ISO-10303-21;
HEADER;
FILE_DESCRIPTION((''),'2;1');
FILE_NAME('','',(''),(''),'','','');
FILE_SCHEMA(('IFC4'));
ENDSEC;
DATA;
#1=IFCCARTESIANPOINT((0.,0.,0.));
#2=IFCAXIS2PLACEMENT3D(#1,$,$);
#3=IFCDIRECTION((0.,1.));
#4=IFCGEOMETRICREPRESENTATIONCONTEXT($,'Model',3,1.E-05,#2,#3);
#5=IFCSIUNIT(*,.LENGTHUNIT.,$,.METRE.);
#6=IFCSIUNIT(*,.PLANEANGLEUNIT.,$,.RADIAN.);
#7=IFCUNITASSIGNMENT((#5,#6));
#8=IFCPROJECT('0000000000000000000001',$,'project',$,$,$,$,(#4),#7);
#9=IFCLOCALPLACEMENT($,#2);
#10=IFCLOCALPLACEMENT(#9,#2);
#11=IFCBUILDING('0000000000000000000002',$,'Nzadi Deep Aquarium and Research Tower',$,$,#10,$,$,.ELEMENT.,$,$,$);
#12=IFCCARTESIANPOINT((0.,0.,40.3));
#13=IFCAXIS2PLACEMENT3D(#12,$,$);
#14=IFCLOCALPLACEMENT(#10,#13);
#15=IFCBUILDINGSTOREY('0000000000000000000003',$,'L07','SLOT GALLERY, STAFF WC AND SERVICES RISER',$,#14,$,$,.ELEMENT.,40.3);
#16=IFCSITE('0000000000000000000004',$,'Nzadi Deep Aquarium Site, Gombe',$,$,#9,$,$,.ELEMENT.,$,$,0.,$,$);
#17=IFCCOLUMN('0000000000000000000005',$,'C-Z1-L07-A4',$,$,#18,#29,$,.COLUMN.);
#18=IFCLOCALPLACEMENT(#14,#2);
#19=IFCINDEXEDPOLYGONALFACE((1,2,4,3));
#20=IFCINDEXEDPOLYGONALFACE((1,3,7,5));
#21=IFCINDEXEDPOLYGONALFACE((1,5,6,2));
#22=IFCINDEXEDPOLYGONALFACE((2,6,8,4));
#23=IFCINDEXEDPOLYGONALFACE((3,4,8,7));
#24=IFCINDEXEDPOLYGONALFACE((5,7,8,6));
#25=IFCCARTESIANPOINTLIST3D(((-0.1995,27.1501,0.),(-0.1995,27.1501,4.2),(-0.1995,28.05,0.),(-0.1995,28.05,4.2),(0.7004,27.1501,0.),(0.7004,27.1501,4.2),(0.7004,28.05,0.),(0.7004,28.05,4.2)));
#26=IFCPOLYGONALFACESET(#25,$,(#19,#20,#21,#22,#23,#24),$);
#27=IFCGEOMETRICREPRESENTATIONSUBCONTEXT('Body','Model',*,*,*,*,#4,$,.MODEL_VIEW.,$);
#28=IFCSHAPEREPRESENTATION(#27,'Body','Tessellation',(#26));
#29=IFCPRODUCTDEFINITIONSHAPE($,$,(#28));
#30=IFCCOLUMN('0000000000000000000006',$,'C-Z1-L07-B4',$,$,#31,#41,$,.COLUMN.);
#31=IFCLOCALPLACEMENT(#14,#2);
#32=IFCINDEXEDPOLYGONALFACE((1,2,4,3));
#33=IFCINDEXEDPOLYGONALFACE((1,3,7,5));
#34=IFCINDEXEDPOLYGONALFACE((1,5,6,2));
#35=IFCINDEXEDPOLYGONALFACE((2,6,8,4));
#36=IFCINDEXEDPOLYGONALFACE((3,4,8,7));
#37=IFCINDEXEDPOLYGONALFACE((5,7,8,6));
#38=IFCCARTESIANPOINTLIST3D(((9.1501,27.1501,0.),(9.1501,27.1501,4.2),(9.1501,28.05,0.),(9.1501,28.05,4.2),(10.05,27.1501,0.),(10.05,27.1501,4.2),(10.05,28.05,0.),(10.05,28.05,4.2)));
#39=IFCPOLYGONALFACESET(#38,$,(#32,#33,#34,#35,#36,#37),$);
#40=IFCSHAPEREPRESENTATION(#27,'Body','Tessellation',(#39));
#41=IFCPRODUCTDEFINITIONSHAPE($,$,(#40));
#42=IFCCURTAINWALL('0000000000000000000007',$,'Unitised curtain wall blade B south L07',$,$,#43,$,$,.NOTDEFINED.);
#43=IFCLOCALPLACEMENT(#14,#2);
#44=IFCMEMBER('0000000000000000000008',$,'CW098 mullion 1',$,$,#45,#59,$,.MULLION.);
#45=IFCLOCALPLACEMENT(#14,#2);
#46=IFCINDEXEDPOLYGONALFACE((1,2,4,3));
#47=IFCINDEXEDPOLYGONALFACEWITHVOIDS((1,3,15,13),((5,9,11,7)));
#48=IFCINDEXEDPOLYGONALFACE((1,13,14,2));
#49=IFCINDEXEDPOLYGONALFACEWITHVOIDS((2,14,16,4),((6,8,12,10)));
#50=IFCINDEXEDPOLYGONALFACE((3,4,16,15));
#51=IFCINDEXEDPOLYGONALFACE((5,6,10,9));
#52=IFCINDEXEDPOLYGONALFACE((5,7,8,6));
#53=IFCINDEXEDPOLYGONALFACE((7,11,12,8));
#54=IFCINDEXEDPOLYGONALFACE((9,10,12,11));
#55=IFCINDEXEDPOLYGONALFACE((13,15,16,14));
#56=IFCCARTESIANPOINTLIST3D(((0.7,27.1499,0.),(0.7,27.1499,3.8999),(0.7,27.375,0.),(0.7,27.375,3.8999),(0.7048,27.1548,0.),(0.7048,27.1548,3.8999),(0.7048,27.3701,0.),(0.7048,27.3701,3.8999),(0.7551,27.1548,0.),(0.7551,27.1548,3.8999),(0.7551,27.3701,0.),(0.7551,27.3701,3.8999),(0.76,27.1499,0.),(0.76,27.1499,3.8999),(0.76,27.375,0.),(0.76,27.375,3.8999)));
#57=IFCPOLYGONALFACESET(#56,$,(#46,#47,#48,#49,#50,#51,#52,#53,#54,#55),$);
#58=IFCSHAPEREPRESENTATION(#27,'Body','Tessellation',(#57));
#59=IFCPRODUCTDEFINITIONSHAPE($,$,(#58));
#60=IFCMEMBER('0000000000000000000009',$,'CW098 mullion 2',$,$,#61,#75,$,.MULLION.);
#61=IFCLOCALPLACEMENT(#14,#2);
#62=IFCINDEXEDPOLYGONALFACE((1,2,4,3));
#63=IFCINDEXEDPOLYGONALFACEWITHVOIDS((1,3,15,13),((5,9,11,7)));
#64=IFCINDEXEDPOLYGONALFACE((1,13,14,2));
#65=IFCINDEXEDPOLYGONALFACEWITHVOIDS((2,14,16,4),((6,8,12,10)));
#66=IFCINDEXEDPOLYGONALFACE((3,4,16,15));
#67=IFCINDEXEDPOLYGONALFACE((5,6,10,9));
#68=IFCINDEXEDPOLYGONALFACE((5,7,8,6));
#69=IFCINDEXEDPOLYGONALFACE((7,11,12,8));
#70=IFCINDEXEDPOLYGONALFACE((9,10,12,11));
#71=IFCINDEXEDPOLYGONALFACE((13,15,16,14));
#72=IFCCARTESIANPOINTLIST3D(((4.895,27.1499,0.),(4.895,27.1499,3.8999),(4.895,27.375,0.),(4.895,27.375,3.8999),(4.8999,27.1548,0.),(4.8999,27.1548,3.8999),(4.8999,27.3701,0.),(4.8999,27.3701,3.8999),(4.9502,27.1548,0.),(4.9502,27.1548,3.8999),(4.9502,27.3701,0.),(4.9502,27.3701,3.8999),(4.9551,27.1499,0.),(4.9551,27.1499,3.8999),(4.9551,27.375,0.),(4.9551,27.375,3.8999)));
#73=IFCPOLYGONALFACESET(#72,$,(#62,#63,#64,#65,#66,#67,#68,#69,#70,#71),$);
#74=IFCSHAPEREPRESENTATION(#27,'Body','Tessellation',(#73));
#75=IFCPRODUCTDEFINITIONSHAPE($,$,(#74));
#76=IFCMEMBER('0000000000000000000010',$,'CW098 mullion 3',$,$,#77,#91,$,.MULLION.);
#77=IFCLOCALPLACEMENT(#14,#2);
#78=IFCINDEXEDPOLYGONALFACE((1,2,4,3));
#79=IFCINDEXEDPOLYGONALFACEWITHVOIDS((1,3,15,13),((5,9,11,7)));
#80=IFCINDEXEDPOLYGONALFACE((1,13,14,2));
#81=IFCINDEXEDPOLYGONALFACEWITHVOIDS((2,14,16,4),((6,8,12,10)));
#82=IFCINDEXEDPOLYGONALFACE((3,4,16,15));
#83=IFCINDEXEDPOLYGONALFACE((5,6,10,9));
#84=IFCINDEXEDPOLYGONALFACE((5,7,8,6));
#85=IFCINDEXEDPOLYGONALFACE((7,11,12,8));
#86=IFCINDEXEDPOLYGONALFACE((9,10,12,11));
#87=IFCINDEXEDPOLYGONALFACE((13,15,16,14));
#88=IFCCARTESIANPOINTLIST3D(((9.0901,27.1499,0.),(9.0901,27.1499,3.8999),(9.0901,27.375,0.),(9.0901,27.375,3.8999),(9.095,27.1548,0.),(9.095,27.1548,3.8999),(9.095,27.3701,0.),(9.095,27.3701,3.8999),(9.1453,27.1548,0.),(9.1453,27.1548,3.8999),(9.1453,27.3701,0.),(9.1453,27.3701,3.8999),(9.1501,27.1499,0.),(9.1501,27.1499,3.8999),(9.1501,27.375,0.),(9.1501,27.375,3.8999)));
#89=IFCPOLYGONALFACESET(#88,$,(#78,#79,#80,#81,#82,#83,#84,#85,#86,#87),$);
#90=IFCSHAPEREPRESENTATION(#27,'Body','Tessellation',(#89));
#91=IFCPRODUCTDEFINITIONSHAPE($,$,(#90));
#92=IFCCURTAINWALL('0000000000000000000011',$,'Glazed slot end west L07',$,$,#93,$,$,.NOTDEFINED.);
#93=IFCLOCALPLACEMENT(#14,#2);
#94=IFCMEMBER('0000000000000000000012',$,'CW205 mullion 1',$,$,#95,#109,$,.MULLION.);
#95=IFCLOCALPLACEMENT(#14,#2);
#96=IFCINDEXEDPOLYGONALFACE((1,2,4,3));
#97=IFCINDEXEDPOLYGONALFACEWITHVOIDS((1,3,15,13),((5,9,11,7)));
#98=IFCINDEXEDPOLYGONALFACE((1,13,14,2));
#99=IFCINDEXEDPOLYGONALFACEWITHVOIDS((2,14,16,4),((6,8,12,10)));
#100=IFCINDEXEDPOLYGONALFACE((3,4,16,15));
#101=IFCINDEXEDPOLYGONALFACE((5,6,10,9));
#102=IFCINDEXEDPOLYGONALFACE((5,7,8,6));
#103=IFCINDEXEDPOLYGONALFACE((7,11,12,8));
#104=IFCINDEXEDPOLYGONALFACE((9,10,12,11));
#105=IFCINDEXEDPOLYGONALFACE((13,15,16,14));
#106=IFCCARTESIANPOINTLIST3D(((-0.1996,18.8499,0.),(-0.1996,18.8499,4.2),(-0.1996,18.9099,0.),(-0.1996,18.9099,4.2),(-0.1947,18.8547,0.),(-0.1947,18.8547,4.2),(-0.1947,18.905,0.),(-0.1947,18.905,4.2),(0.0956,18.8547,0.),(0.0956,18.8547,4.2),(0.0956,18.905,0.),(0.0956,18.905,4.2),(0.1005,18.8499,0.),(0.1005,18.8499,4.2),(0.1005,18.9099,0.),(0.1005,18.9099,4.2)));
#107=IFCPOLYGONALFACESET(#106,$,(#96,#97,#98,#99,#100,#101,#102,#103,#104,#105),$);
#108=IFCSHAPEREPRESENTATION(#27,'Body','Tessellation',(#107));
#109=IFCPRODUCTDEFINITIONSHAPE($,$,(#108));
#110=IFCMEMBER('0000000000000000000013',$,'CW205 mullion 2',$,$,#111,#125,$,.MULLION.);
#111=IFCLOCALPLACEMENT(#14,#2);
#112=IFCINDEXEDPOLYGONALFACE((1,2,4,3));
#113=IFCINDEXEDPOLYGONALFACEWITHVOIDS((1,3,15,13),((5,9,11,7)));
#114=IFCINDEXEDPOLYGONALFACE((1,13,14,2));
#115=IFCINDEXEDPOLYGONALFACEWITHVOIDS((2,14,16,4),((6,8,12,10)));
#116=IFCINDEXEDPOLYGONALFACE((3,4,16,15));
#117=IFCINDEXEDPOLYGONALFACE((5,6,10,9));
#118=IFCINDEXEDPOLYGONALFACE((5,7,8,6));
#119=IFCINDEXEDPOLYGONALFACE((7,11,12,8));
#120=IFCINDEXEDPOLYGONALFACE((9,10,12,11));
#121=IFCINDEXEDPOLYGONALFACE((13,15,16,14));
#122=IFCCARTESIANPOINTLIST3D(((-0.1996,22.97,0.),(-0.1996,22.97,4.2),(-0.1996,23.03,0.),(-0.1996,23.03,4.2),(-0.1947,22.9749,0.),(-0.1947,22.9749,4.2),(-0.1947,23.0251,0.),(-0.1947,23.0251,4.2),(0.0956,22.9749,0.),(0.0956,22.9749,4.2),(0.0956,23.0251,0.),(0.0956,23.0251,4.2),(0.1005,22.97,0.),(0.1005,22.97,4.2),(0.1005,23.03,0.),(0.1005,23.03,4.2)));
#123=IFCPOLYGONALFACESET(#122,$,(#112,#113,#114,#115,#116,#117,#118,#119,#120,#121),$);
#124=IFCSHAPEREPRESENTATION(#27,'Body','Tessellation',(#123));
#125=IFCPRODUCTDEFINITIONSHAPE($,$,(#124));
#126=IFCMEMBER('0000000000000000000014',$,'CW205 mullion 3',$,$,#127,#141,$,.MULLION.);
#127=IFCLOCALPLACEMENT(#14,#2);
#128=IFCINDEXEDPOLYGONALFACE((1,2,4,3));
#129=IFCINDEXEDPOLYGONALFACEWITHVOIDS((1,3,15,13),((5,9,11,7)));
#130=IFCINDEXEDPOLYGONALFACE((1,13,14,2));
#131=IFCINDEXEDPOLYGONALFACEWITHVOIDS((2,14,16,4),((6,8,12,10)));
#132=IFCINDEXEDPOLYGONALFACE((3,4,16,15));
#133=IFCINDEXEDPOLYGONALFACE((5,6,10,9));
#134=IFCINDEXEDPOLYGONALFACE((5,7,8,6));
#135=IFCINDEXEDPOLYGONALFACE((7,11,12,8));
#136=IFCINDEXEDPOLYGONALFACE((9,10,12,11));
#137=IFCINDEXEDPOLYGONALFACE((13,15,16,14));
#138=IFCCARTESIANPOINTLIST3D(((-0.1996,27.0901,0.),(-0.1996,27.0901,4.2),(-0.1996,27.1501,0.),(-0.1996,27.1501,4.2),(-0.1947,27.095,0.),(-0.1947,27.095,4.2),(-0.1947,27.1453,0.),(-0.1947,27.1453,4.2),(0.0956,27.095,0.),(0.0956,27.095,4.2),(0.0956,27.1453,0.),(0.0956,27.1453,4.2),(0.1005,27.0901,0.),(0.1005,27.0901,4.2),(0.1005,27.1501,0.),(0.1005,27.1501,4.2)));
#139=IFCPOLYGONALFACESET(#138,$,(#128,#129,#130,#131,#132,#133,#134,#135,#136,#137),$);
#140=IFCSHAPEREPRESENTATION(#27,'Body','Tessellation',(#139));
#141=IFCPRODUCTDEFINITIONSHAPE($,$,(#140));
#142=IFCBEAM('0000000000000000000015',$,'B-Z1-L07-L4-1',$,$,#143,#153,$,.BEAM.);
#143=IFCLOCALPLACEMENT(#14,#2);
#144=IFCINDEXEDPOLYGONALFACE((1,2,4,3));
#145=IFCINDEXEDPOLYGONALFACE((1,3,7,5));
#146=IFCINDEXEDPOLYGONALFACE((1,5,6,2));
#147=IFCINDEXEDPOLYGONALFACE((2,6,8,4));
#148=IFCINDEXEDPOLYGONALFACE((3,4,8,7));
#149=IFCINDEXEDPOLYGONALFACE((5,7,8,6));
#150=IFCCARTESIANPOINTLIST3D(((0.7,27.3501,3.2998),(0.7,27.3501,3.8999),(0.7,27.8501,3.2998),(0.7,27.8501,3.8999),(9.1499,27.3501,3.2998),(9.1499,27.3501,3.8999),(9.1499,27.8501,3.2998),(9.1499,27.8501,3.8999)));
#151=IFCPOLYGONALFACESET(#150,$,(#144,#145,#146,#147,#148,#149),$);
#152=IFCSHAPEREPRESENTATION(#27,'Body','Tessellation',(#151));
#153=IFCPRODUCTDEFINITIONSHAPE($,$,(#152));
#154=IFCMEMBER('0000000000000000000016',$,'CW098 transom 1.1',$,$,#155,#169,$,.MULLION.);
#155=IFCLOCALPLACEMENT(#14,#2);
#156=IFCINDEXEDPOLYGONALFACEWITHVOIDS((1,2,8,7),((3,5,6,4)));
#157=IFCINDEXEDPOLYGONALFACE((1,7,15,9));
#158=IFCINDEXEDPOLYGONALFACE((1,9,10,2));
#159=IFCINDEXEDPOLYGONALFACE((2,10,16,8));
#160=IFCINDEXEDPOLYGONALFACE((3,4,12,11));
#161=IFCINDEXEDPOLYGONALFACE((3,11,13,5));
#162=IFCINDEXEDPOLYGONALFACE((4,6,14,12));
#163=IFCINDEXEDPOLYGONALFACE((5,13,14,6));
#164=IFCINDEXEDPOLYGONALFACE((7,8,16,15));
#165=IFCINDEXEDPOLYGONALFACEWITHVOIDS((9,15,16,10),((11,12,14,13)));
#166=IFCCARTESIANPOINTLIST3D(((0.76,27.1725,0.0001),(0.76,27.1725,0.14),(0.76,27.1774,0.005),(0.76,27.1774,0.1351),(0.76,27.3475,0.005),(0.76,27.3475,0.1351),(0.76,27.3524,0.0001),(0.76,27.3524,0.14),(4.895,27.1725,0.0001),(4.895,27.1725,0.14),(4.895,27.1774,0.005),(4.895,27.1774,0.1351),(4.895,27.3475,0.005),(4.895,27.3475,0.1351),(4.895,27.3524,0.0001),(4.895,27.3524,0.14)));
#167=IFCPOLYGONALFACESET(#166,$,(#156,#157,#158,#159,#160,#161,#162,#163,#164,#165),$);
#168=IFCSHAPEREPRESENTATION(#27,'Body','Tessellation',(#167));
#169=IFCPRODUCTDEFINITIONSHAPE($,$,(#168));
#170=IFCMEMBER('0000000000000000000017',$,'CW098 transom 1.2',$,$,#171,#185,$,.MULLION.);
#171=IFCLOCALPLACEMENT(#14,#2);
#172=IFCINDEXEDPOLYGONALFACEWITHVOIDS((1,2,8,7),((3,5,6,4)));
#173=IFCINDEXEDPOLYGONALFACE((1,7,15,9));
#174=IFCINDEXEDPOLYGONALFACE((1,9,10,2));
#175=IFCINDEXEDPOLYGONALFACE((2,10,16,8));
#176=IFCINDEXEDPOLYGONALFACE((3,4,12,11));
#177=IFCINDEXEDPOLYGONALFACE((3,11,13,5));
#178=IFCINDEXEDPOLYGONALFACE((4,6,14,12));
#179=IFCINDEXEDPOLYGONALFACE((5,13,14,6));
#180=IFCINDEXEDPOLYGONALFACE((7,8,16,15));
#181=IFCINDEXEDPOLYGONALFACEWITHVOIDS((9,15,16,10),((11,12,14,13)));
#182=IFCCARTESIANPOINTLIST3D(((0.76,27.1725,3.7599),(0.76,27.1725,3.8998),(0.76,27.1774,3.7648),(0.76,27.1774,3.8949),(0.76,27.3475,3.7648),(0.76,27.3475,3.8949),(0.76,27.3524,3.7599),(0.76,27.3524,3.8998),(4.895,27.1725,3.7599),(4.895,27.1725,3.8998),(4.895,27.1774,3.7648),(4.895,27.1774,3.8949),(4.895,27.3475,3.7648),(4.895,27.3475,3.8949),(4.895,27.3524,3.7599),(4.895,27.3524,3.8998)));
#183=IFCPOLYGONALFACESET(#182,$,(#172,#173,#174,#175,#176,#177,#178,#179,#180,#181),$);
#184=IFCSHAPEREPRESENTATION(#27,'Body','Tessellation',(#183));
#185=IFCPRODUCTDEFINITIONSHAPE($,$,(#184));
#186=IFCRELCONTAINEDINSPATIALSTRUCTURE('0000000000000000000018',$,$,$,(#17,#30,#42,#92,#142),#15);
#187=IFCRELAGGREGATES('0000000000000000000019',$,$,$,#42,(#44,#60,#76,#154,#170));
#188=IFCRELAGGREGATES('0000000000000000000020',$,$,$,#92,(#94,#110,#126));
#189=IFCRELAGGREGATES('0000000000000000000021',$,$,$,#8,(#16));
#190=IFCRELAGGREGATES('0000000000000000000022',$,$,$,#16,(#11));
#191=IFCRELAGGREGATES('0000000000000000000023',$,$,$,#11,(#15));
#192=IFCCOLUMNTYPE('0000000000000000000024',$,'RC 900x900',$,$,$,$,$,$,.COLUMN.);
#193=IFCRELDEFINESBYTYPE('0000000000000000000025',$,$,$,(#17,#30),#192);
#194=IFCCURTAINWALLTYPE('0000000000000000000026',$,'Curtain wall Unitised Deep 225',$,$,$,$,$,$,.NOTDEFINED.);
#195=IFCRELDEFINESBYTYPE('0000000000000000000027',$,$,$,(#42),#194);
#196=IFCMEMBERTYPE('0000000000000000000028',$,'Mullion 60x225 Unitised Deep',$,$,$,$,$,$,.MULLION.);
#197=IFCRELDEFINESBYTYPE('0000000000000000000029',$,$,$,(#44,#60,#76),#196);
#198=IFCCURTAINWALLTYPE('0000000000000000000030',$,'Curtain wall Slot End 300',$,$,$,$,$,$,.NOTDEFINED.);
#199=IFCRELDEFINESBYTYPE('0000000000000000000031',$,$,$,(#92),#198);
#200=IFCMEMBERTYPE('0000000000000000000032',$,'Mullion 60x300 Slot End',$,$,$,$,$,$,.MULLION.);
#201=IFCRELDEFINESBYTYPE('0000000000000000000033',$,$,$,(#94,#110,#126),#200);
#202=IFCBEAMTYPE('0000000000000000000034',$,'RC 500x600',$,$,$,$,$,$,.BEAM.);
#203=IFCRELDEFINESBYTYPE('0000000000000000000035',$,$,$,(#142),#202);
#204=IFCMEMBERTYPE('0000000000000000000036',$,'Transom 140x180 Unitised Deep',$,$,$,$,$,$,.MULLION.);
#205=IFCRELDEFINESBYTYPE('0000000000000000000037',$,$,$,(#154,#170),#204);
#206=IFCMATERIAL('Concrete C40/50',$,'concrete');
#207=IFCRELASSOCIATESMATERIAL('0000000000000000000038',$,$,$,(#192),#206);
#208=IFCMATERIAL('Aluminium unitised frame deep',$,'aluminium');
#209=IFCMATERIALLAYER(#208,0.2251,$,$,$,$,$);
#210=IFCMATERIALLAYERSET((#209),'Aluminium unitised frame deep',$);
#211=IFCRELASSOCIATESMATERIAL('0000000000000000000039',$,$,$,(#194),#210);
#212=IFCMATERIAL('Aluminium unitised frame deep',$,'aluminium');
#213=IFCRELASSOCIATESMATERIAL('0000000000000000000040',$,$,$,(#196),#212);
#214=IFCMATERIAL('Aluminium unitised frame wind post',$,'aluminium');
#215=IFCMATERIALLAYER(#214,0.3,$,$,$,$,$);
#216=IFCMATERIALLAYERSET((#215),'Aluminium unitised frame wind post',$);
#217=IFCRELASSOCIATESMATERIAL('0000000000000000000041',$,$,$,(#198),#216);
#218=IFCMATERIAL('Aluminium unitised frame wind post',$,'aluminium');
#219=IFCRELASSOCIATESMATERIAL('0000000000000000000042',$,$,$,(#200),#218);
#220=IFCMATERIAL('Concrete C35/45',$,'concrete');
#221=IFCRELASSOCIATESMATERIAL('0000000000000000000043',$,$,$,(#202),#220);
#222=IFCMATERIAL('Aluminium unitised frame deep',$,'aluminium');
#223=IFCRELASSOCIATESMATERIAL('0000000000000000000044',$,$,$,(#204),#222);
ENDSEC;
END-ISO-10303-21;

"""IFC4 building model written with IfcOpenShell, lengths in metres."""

from ifc_helpers import new_model, si_unit, direction, frame, origin, origin_2d, place, context, subcontext, project, spatial, rectangle, hollow_rectangle, extrude, material, layer, layer_set, material_profile, profile_set, type_object, element, aggregate, save


model = new_model("IFC4")

# Units and contexts
model_context = context("Model", 3, precision=1e-05, world=origin(), true_north=direction((0.0, 1.0)))
body_context = subcontext(model_context, "Body", "Model", "MODEL_VIEW")
ifc_project = project(units=[si_unit("LENGTHUNIT", "METRE"), si_unit("PLANEANGLEUNIT", "RADIAN")], contexts=[model_context])

# Site, building, storey
site_placement = place(None, origin())
site = spatial("IfcSite", under=ifc_project, at=site_placement, Name="Nzadi Deep Aquarium Site, Gombe", CompositionType="ELEMENT", RefElevation=0.0)
building_placement = place(site_placement, origin())
building = spatial("IfcBuilding", under=site, at=building_placement, Name="Nzadi Deep Aquarium and Research Tower", CompositionType="ELEMENT")
storey_placement = place(building_placement, frame((0.0, 0.0, 40.3)))
storey = spatial("IfcBuildingStorey", under=building, at=storey_placement, Name="L07", Description="SLOT GALLERY, STAFF WC AND SERVICES RISER", CompositionType="ELEMENT", Elevation=40.3)

# Columns
ifc_material_1 = material(Name="Concrete C40/50", Category="concrete")
ifc_material_profile_1 = material_profile(ifc_material_1, rectangle(XDim=0.8999, YDim=0.8999, at=origin_2d()))
ifc_profile_set_1 = profile_set([ifc_material_profile_1], Name="Concrete C40/50")
column_type = type_object("IfcColumnType", Name="RC 900x900", PredefinedType="COLUMN", material=ifc_profile_set_1)
for number, where, z_axis, x_axis, name in (
    (1, (0.2505, 27.6001, 0.0), (0.0, 0.0, 1.0), (1.0, 0.0, 0.0), "C-Z1-L07-A4"),
    (2, (9.6001, 27.6001, 0.0), (0.0, 0.0, 1.0), (1.0, 0.0, 0.0), "C-Z1-L07-B4"),
):
    element("IfcColumn", number, at=place(storey_placement, frame(where, z_axis=z_axis, x_axis=x_axis)), inside=storey, type_object=column_type, Name=name, PredefinedType="COLUMN", context=body_context, shape_type="SweptSolid", body=[
        extrude(rectangle(XDim=0.8999, YDim=0.8999, at=origin_2d()), origin(), (0.0, 0.0, 1.0), 4.2),
    ])

# Curtain walls, members
ifc_material_2 = material(Name="Aluminium unitised frame deep", Category="aluminium")
ifc_layer_1 = layer(ifc_material_2, 0.2251)
ifc_layer_set_1 = layer_set([ifc_layer_1], Name="Aluminium unitised frame deep")
curtain_wall_type_1 = type_object("IfcCurtainWallType", Name="Curtain wall Unitised Deep 225", PredefinedType="NOTDEFINED", material=ifc_layer_set_1)
curtain_wall_1_placement = place(storey_placement, origin())
curtain_wall_1 = element("IfcCurtainWall", 3, at=curtain_wall_1_placement, inside=storey, type_object=curtain_wall_type_1, Name="Unitised curtain wall blade B south L07", PredefinedType="NOTDEFINED")
ifc_material_3 = material(Name="Aluminium unitised frame deep", Category="aluminium")
ifc_material_profile_2 = material_profile(ifc_material_3, hollow_rectangle(XDim=0.2251, YDim=0.0601, WallThickness=0.0049, at=origin_2d()))
ifc_profile_set_2 = profile_set([ifc_material_profile_2], Name="Aluminium unitised frame deep")
member_type_1 = type_object("IfcMemberType", Name="Mullion 60x225 Unitised Deep", PredefinedType="MULLION", material=ifc_profile_set_2)
member_1_placement = place(storey_placement, frame((0.73, 27.2625, 0.0), z_axis=(0.0, 0.0, 1.0), x_axis=(0.0, 1.0, 0.0)))
member_1 = element("IfcMember", 4, at=member_1_placement, type_object=member_type_1, Name="CW098 mullion 1", PredefinedType="MULLION", context=body_context, shape_type="SweptSolid", body=[
    extrude(hollow_rectangle(XDim=0.2251, YDim=0.0601, WallThickness=0.0049, at=origin_2d()), origin(), (0.0, 0.0, 1.0), 3.8999),
])
member_2_placement = place(storey_placement, frame((4.925, 27.2625, 0.0), z_axis=(0.0, 0.0, 1.0), x_axis=(0.0, 1.0, 0.0)))
member_2 = element("IfcMember", 5, at=member_2_placement, type_object=member_type_1, Name="CW098 mullion 2", PredefinedType="MULLION", context=body_context, shape_type="SweptSolid", body=[
    extrude(hollow_rectangle(XDim=0.2251, YDim=0.0601, WallThickness=0.0049, at=origin_2d()), origin(), (0.0, 0.0, 1.0), 3.8999),
])
member_3_placement = place(storey_placement, frame((9.1201, 27.2625, 0.0), z_axis=(0.0, 0.0, 1.0), x_axis=(0.0, 1.0, 0.0)))
member_3 = element("IfcMember", 6, at=member_3_placement, type_object=member_type_1, Name="CW098 mullion 3", PredefinedType="MULLION", context=body_context, shape_type="SweptSolid", body=[
    extrude(hollow_rectangle(XDim=0.2251, YDim=0.0601, WallThickness=0.0049, at=origin_2d()), origin(), (0.0, 0.0, 1.0), 3.8999),
])
ifc_material_4 = material(Name="Aluminium unitised frame wind post", Category="aluminium")
ifc_layer_2 = layer(ifc_material_4, 0.3)
ifc_layer_set_2 = layer_set([ifc_layer_2], Name="Aluminium unitised frame wind post")
curtain_wall_type_2 = type_object("IfcCurtainWallType", Name="Curtain wall Slot End 300", PredefinedType="NOTDEFINED", material=ifc_layer_set_2)
curtain_wall_2_placement = place(storey_placement, origin())
curtain_wall_2 = element("IfcCurtainWall", 7, at=curtain_wall_2_placement, inside=storey, type_object=curtain_wall_type_2, Name="Glazed slot end west L07", PredefinedType="NOTDEFINED")
ifc_material_5 = material(Name="Aluminium unitised frame wind post", Category="aluminium")
ifc_material_profile_3 = material_profile(ifc_material_5, hollow_rectangle(XDim=0.3, YDim=0.0601, WallThickness=0.0049, at=origin_2d()))
ifc_profile_set_3 = profile_set([ifc_material_profile_3], Name="Aluminium unitised frame wind post")
member_type_2 = type_object("IfcMemberType", Name="Mullion 60x300 Slot End", PredefinedType="MULLION", material=ifc_profile_set_3)
member_4_placement = place(storey_placement, frame((-0.0496, 18.8799, 0.0), z_axis=(0.0, 0.0, 1.0), x_axis=(-1.0, 0.0, 0.0)))
member_4 = element("IfcMember", 8, at=member_4_placement, type_object=member_type_2, Name="CW205 mullion 1", PredefinedType="MULLION", context=body_context, shape_type="SweptSolid", body=[
    extrude(hollow_rectangle(XDim=0.3, YDim=0.0601, WallThickness=0.0049, at=origin_2d()), origin(), (0.0, 0.0, 1.0), 4.2),
])
member_5_placement = place(storey_placement, frame((-0.0496, 23.0, 0.0), z_axis=(0.0, 0.0, 1.0), x_axis=(-1.0, 0.0, 0.0)))
member_5 = element("IfcMember", 9, at=member_5_placement, type_object=member_type_2, Name="CW205 mullion 2", PredefinedType="MULLION", context=body_context, shape_type="SweptSolid", body=[
    extrude(hollow_rectangle(XDim=0.3, YDim=0.0601, WallThickness=0.0049, at=origin_2d()), origin(), (0.0, 0.0, 1.0), 4.2),
])
member_6_placement = place(storey_placement, frame((-0.0496, 27.1201, 0.0), z_axis=(0.0, 0.0, 1.0), x_axis=(-1.0, 0.0, 0.0)))
member_6 = element("IfcMember", 10, at=member_6_placement, type_object=member_type_2, Name="CW205 mullion 3", PredefinedType="MULLION", context=body_context, shape_type="SweptSolid", body=[
    extrude(hollow_rectangle(XDim=0.3, YDim=0.0601, WallThickness=0.0049, at=origin_2d()), origin(), (0.0, 0.0, 1.0), 4.2),
])

# Beam
ifc_material_6 = material(Name="Concrete C35/45", Category="concrete")
ifc_material_profile_4 = material_profile(ifc_material_6, rectangle(XDim=0.5, YDim=0.6001, at=origin_2d()))
ifc_profile_set_4 = profile_set([ifc_material_profile_4], Name="Concrete C35/45")
beam_type = type_object("IfcBeamType", Name="RC 500x600", PredefinedType="BEAM", material=ifc_profile_set_4)
beam_placement = place(storey_placement, frame((0.7, 27.6001, 3.5999), z_axis=(1.0, 0.0, 0.0), x_axis=(0.0, 1.0, 0.0)))
element("IfcBeam", 11, at=beam_placement, inside=storey, type_object=beam_type, Name="B-Z1-L07-L4-1", PredefinedType="BEAM", context=body_context, shape_type="SweptSolid", body=[
    extrude(rectangle(XDim=0.5, YDim=0.6001, at=origin_2d()), origin(), (0.0, 0.0, 1.0), 8.45),
])

# Members
ifc_material_7 = material(Name="Aluminium unitised frame deep", Category="aluminium")
ifc_material_profile_5 = material_profile(ifc_material_7, hollow_rectangle(XDim=0.1799, YDim=0.1399, WallThickness=0.0049, at=origin_2d()))
ifc_profile_set_5 = profile_set([ifc_material_profile_5], Name="Aluminium unitised frame deep")
member_type_3 = type_object("IfcMemberType", Name="Transom 140x180 Unitised Deep", PredefinedType="MULLION", material=ifc_profile_set_5)
member_7_placement = place(storey_placement, frame((0.76, 27.2625, 0.0701), z_axis=(1.0, 0.0, 0.0), x_axis=(0.0, 1.0, 0.0)))
member_7 = element("IfcMember", 12, at=member_7_placement, type_object=member_type_3, Name="CW098 transom 1.1", PredefinedType="MULLION", context=body_context, shape_type="SweptSolid", body=[
    extrude(hollow_rectangle(XDim=0.1799, YDim=0.1399, WallThickness=0.0049, at=origin_2d()), origin(), (0.0, 0.0, 1.0), 4.135),
])
member_8_placement = place(storey_placement, frame((0.76, 27.2625, 3.8298), z_axis=(1.0, 0.0, 0.0), x_axis=(0.0, 1.0, 0.0)))
member_8 = element("IfcMember", 13, at=member_8_placement, type_object=member_type_3, Name="CW098 transom 1.2", PredefinedType="MULLION", context=body_context, shape_type="SweptSolid", body=[
    extrude(hollow_rectangle(XDim=0.1799, YDim=0.1399, WallThickness=0.0049, at=origin_2d()), origin(), (0.0, 0.0, 1.0), 4.135),
])

aggregate(curtain_wall_1, [member_1, member_2, member_3, member_7, member_8])
aggregate(curtain_wall_2, [member_4, member_5, member_6])

save(model, "model.ifc")
